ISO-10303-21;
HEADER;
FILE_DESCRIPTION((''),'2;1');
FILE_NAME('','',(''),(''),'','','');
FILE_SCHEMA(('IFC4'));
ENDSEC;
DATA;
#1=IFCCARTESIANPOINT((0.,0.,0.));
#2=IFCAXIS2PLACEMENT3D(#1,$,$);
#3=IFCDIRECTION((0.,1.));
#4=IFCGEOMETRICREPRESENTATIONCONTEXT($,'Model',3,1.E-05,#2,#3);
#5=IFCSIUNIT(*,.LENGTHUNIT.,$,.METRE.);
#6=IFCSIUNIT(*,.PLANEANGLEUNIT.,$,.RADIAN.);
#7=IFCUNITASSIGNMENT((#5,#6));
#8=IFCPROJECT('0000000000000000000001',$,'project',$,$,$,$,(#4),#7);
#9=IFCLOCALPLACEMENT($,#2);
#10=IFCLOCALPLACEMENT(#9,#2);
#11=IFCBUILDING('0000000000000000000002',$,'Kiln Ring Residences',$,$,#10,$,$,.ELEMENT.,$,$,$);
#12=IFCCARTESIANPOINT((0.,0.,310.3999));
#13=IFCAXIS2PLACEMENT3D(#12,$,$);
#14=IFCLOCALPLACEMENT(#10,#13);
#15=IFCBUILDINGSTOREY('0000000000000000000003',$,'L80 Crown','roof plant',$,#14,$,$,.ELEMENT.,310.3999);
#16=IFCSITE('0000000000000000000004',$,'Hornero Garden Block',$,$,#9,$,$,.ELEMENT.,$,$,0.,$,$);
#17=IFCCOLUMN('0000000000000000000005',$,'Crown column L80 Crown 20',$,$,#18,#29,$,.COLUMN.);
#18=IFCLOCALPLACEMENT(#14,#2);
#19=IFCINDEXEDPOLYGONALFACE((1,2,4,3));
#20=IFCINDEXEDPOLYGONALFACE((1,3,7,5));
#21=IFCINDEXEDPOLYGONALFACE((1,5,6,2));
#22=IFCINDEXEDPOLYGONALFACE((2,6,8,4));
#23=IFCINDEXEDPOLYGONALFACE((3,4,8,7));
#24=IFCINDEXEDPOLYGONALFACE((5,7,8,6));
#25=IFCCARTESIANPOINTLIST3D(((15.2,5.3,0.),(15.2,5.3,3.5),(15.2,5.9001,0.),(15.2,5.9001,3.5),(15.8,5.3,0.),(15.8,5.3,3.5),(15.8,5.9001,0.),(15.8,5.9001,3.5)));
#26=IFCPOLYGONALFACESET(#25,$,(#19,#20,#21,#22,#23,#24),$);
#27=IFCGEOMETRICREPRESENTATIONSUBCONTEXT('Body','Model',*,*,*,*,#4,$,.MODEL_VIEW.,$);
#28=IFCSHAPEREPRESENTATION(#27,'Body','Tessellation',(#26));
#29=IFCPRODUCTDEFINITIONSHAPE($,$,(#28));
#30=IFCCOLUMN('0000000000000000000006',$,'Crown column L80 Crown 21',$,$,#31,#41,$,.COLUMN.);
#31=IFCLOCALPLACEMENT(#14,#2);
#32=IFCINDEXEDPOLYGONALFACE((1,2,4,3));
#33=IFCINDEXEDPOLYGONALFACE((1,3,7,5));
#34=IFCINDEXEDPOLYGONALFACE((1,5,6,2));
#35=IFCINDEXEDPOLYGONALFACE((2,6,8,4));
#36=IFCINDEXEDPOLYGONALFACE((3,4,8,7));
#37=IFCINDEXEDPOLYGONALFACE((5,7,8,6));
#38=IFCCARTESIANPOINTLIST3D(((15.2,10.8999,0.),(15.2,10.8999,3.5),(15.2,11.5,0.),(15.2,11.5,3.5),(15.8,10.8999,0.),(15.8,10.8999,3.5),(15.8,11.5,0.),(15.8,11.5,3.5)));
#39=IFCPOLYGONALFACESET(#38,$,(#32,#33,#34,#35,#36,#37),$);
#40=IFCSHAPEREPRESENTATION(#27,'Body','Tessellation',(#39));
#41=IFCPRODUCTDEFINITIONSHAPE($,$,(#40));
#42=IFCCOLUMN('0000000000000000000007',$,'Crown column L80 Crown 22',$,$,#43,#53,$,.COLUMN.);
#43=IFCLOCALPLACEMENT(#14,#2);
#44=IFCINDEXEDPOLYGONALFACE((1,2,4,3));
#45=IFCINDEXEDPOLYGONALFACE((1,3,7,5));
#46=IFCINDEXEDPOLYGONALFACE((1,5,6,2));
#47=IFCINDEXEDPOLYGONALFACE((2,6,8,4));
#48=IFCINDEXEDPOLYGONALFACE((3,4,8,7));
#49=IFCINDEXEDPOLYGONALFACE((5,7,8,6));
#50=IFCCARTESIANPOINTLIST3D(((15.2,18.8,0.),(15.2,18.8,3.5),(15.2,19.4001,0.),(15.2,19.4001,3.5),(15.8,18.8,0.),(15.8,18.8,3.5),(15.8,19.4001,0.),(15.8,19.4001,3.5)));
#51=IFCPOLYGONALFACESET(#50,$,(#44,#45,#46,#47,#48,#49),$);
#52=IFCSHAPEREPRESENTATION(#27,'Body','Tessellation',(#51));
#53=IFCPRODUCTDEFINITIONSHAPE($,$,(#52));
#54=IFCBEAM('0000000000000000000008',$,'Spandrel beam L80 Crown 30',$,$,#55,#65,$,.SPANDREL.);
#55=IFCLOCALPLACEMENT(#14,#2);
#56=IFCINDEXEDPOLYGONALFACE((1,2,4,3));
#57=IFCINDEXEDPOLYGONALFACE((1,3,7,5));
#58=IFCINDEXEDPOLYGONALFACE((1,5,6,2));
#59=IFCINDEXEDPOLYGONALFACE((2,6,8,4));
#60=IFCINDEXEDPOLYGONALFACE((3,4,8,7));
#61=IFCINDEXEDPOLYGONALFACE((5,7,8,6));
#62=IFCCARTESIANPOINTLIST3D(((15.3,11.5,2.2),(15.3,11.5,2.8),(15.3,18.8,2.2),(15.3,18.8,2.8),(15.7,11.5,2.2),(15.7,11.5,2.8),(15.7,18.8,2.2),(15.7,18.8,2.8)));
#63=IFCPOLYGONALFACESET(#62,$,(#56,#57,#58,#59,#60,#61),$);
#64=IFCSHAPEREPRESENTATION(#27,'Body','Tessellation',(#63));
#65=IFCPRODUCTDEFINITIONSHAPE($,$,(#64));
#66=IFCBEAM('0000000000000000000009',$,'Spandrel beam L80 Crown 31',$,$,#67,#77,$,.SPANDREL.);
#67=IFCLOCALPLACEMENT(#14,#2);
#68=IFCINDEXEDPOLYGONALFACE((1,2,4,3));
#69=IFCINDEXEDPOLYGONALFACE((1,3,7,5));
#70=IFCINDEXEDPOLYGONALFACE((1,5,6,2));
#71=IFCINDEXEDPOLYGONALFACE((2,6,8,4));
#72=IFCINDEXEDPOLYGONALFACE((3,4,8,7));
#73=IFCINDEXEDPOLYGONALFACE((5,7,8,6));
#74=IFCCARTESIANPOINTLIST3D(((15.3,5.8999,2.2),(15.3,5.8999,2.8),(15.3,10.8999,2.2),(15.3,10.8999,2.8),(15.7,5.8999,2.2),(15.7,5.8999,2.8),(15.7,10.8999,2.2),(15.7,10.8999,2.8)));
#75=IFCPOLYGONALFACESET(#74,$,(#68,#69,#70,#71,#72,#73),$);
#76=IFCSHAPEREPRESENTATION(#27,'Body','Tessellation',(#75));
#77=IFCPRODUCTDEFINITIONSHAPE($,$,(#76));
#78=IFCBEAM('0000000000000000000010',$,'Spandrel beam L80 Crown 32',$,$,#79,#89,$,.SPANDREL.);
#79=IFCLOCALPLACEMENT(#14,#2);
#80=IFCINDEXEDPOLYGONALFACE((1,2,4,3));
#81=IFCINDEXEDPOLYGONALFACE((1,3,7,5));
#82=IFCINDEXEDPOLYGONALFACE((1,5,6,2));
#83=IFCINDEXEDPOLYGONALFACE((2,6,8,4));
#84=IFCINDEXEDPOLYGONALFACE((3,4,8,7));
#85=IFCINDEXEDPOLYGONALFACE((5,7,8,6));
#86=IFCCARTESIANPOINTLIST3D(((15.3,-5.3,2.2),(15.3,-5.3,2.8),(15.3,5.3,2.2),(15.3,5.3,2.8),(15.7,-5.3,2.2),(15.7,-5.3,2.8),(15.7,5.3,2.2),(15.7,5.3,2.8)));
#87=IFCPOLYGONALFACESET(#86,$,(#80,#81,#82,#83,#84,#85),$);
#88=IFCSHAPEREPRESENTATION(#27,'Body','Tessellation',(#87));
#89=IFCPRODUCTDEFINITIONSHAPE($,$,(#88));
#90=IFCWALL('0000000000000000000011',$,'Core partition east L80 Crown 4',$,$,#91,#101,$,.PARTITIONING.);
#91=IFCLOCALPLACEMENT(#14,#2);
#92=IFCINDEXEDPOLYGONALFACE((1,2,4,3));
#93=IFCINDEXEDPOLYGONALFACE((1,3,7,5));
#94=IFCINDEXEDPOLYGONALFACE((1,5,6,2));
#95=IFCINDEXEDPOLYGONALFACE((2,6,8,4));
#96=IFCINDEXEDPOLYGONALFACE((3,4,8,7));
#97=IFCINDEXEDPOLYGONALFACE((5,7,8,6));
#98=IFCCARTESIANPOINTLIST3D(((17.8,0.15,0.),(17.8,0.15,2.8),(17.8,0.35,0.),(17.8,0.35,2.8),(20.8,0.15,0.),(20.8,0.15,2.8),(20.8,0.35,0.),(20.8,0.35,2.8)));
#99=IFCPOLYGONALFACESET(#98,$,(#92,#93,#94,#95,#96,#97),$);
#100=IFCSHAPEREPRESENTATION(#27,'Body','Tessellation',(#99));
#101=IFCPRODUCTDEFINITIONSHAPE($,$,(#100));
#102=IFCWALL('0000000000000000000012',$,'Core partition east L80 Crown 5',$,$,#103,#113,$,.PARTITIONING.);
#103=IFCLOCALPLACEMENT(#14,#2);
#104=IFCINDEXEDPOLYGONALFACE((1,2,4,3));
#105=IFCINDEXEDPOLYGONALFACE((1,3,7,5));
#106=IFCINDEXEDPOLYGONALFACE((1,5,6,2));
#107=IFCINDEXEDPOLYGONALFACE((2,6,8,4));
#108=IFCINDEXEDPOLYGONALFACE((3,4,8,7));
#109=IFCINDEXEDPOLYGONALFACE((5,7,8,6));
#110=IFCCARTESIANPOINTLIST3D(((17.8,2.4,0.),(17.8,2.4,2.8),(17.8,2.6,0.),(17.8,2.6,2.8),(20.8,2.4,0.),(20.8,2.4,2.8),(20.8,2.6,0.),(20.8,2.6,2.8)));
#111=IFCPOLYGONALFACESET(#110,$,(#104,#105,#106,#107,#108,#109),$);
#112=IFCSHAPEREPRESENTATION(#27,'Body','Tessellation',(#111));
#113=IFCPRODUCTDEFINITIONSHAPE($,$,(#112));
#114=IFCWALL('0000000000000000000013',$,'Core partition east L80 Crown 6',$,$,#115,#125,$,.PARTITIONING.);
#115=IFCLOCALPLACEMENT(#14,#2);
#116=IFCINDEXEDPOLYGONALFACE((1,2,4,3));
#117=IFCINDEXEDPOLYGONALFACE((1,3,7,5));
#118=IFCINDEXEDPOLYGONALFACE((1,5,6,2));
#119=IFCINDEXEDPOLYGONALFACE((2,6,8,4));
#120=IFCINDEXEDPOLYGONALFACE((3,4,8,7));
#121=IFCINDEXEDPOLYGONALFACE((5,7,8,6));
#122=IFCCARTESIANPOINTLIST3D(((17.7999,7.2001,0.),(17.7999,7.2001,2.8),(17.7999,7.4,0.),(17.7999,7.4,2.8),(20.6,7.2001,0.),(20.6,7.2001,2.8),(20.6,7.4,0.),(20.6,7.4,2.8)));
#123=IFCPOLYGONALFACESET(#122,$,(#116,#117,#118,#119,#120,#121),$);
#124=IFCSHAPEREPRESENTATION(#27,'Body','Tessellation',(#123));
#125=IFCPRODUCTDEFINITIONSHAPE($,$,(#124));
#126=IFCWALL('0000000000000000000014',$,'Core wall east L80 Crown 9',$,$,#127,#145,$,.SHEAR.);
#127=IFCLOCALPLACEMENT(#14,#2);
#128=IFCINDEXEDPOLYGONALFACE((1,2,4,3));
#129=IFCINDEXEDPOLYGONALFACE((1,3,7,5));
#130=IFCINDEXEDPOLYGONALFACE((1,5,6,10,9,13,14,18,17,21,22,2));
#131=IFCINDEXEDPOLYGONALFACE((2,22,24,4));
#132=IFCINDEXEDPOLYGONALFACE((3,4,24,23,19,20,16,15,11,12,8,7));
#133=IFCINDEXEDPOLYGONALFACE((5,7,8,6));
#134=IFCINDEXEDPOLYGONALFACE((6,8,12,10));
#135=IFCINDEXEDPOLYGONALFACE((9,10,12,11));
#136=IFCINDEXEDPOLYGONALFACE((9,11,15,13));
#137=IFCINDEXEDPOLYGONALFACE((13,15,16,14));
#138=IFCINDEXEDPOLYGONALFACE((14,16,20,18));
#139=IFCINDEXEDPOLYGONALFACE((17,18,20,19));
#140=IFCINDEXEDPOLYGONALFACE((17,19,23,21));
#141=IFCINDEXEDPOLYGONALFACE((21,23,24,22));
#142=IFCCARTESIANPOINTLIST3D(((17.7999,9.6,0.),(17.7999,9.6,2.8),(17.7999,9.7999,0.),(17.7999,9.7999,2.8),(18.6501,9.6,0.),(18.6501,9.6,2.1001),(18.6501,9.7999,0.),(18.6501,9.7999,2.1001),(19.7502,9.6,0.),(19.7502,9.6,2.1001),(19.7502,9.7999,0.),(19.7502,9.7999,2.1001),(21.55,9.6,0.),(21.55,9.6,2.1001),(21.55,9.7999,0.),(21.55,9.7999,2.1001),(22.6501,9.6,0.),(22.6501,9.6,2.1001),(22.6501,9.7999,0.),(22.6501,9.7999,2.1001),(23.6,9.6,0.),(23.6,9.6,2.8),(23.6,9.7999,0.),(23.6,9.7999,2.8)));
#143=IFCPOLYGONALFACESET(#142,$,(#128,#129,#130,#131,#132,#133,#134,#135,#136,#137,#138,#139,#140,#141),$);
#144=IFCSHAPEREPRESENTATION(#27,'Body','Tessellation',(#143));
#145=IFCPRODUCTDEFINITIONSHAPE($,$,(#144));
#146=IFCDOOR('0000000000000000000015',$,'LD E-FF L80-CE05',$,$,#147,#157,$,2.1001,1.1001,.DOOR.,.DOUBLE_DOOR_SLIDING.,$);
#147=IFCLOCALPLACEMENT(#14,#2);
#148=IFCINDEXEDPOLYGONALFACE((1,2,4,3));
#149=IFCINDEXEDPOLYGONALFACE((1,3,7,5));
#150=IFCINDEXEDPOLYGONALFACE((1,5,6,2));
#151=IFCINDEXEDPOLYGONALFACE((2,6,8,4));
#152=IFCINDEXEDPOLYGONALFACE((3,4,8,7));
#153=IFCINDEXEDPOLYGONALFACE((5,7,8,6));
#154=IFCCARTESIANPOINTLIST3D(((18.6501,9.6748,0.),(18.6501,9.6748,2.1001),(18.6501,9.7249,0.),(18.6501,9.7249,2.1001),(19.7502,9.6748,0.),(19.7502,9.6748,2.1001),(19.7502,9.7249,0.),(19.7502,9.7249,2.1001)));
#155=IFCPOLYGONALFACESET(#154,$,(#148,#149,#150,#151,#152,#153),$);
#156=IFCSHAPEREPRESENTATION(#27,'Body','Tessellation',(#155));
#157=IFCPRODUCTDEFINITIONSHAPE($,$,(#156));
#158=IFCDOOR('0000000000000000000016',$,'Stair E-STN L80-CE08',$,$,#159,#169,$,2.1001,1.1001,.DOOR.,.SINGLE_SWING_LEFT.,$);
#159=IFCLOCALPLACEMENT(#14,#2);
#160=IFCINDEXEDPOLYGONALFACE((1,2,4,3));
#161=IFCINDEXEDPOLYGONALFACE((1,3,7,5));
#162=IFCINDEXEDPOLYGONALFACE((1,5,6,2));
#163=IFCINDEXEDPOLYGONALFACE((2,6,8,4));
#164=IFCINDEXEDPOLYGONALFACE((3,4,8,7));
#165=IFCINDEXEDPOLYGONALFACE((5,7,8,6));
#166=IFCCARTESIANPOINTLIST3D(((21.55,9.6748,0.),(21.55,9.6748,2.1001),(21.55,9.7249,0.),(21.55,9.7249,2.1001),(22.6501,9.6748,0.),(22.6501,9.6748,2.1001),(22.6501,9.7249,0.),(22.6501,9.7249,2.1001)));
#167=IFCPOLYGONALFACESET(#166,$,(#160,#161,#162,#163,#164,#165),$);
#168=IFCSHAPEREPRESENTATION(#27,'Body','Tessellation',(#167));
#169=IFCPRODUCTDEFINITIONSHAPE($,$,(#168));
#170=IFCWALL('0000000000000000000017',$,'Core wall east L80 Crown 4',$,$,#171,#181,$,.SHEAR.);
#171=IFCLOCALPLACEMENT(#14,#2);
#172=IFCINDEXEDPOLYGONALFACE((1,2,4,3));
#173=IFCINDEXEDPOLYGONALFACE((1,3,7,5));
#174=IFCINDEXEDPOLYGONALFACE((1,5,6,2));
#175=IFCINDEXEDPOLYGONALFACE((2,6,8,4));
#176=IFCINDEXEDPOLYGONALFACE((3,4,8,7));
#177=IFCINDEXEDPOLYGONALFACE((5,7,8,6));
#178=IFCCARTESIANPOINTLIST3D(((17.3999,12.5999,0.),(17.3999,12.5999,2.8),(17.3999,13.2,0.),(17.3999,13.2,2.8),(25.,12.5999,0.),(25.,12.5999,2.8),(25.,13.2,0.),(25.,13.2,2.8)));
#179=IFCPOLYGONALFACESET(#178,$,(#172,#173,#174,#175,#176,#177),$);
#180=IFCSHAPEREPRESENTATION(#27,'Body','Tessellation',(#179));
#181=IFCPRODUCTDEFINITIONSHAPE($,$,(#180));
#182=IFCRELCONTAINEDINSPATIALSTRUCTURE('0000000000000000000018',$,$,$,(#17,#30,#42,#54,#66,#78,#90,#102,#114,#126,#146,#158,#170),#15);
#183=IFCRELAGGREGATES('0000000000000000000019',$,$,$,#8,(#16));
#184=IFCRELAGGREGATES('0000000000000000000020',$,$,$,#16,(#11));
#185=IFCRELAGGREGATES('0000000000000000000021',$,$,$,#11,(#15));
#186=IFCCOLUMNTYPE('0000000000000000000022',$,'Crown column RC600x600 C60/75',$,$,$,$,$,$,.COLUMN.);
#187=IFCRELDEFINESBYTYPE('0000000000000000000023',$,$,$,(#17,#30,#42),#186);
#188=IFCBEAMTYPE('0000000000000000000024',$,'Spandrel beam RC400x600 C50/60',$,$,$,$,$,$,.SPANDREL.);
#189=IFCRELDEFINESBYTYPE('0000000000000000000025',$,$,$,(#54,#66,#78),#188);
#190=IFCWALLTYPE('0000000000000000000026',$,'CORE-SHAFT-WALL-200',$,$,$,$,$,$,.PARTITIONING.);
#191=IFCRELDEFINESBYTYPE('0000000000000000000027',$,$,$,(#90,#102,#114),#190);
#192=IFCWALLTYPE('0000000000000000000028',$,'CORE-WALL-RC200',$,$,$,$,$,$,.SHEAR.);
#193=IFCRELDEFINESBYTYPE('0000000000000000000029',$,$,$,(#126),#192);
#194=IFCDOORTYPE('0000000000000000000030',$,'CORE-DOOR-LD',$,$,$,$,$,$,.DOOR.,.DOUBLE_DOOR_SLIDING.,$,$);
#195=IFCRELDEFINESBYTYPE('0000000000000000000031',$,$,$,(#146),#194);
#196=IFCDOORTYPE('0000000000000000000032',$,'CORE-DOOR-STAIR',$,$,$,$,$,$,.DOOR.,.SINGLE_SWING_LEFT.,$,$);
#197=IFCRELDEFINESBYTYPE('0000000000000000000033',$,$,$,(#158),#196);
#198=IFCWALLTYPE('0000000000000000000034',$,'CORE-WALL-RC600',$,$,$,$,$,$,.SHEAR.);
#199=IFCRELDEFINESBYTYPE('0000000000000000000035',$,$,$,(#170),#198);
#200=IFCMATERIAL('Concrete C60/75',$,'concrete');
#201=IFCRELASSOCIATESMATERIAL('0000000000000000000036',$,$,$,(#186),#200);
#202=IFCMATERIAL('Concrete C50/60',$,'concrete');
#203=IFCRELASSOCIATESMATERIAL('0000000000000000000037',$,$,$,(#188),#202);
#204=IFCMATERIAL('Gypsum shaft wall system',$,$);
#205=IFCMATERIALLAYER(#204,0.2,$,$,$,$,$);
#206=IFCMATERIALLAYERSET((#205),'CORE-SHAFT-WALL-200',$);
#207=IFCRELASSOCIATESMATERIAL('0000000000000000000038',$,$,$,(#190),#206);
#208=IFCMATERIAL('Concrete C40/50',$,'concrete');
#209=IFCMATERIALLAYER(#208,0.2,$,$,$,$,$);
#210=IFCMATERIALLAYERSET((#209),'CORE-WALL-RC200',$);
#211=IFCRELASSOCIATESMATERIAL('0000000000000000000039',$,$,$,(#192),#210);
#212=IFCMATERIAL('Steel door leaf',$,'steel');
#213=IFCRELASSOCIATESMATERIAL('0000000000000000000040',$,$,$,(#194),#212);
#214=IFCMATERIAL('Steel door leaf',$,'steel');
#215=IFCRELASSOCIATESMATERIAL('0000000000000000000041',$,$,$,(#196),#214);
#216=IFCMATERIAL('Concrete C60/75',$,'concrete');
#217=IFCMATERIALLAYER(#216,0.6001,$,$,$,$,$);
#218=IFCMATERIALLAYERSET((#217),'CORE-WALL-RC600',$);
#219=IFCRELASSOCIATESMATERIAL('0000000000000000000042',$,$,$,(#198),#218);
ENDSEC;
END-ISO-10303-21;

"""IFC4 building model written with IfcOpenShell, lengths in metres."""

from ifc_helpers import new_model, si_unit, direction, frame, frame_2d, origin, origin_2d, place, context, subcontext, project, spatial, rectangle, extrude, material, layer, layer_set, material_profile, profile_set, type_object, element, fill, save


model = new_model("IFC4")

# Units and contexts
model_context = context("Model", 3, precision=1e-05, world=origin(), true_north=direction((0.0, 1.0)))
body_context = subcontext(model_context, "Body", "Model", "MODEL_VIEW")
ifc_project = project(units=[si_unit("LENGTHUNIT", "METRE"), si_unit("PLANEANGLEUNIT", "RADIAN")], contexts=[model_context])

# Site, building, storey
site_placement = place(None, origin())
site = spatial("IfcSite", under=ifc_project, at=site_placement, Name="Hornero Garden Block", CompositionType="ELEMENT", RefElevation=0.0)
building_placement = place(site_placement, origin())
building = spatial("IfcBuilding", under=site, at=building_placement, Name="Kiln Ring Residences", CompositionType="ELEMENT")
storey_placement = place(building_placement, frame((0.0, 0.0, 310.3999)))
storey = spatial("IfcBuildingStorey", under=building, at=storey_placement, Name="L80 Crown", Description="roof plant", CompositionType="ELEMENT", Elevation=310.3999)

# Columns
ifc_material_1 = material(Name="Concrete C60/75", Category="concrete")
ifc_material_profile_1 = material_profile(ifc_material_1, rectangle(XDim=0.6001, YDim=0.6001, at=origin_2d()), Name="RC600x600")
ifc_profile_set_1 = profile_set([ifc_material_profile_1], Name="Concrete C60/75")
column_type = type_object("IfcColumnType", Name="Crown column RC600x600 C60/75", PredefinedType="COLUMN", material=ifc_profile_set_1)
for number, where, z_axis, x_axis, name in (
    (1, (15.5, 5.6001, 0.0), (0.0, 0.0, 1.0), (1.0, 0.0, 0.0), "Crown column L80 Crown 20"),
    (2, (15.5, 11.2, 0.0), (0.0, 0.0, 1.0), (1.0, 0.0, 0.0), "Crown column L80 Crown 21"),
    (3, (15.5, 19.1001, 0.0), (0.0, 0.0, 1.0), (1.0, 0.0, 0.0), "Crown column L80 Crown 22"),
):
    element("IfcColumn", number, at=place(storey_placement, frame(where, z_axis=z_axis, x_axis=x_axis)), inside=storey, type_object=column_type, Name=name, PredefinedType="COLUMN", context=body_context, shape_type="SweptSolid", body=[
        extrude(rectangle(XDim=0.6001, YDim=0.6001, at=origin_2d()), origin(), (0.0, 0.0, 1.0), 3.5),
    ])

# Beams
ifc_material_2 = material(Name="Concrete C50/60", Category="concrete")
ifc_material_profile_2 = material_profile(ifc_material_2, rectangle(XDim=0.3999, YDim=0.6001, at=origin_2d()), Name="RC400x600")
ifc_profile_set_2 = profile_set([ifc_material_profile_2], Name="Concrete C50/60")
beam_type = type_object("IfcBeamType", Name="Spandrel beam RC400x600 C50/60", PredefinedType="SPANDREL", material=ifc_profile_set_2)
beam_1_placement = place(storey_placement, frame((15.5, 18.8, 2.5), z_axis=(0.0, -1.0, 0.0), x_axis=(1.0, 0.0, 0.0)))
element("IfcBeam", 4, at=beam_1_placement, inside=storey, type_object=beam_type, Name="Spandrel beam L80 Crown 30", PredefinedType="SPANDREL", context=body_context, shape_type="SweptSolid", body=[
    extrude(rectangle(XDim=0.3999, YDim=0.6001, at=origin_2d()), origin(), (0.0, 0.0, 1.0), 7.3),
])
beam_2_placement = place(storey_placement, frame((15.5, 10.8999, 2.5), z_axis=(0.0, -1.0, 0.0), x_axis=(1.0, 0.0, 0.0)))
element("IfcBeam", 5, at=beam_2_placement, inside=storey, type_object=beam_type, Name="Spandrel beam L80 Crown 31", PredefinedType="SPANDREL", context=body_context, shape_type="SweptSolid", body=[
    extrude(rectangle(XDim=0.3999, YDim=0.6001, at=origin_2d()), origin(), (0.0, 0.0, 1.0), 5.0),
])
beam_3_placement = place(storey_placement, frame((15.5, 5.3, 2.5), z_axis=(0.0, -1.0, 0.0), x_axis=(1.0, 0.0, 0.0)))
element("IfcBeam", 6, at=beam_3_placement, inside=storey, type_object=beam_type, Name="Spandrel beam L80 Crown 32", PredefinedType="SPANDREL", context=body_context, shape_type="SweptSolid", body=[
    extrude(rectangle(XDim=0.3999, YDim=0.6001, at=origin_2d()), origin(), (0.0, 0.0, 1.0), 10.6001),
])

# Walls
ifc_material_3 = material(Name="Gypsum shaft wall system")
ifc_layer_1 = layer(ifc_material_3, 0.2)
ifc_layer_set_1 = layer_set([ifc_layer_1], Name="CORE-SHAFT-WALL-200")
wall_type_1 = type_object("IfcWallType", Name="CORE-SHAFT-WALL-200", PredefinedType="PARTITIONING", material=ifc_layer_set_1)
for number, where, z_axis, x_axis, name in (
    (7, (17.8, 0.25, 0.0), (0.0, 0.0, 1.0), (1.0, 0.0, 0.0), "Core partition east L80 Crown 4"),
    (8, (17.8, 2.5, 0.0), (0.0, 0.0, 1.0), (1.0, 0.0, 0.0), "Core partition east L80 Crown 5"),
):
    element("IfcWall", number, at=place(storey_placement, frame(where, z_axis=z_axis, x_axis=x_axis)), inside=storey, type_object=wall_type_1, Name=name, PredefinedType="PARTITIONING", context=body_context, shape_type="SweptSolid", body=[
        extrude(rectangle(XDim=3.0, YDim=0.2, at=frame_2d((1.5, 0.0))), origin(), (0.0, 0.0, 1.0), 2.8),
    ])
wall_1_placement = place(storey_placement, frame((17.8, 7.3, 0.0), z_axis=(0.0, 0.0, 1.0), x_axis=(1.0, 0.0, 0.0)))
element("IfcWall", 9, at=wall_1_placement, inside=storey, type_object=wall_type_1, Name="Core partition east L80 Crown 6", PredefinedType="PARTITIONING", context=body_context, shape_type="SweptSolid", body=[
    extrude(rectangle(XDim=2.8, YDim=0.2, at=frame_2d((1.3999, 0.0))), origin(), (0.0, 0.0, 1.0), 2.8),
])

# Wall, openings, doors
ifc_material_4 = material(Name="Concrete C40/50", Category="concrete")
ifc_layer_2 = layer(ifc_material_4, 0.2)
ifc_layer_set_2 = layer_set([ifc_layer_2], Name="CORE-WALL-RC200")
wall_type_2 = type_object("IfcWallType", Name="CORE-WALL-RC200", PredefinedType="SHEAR", material=ifc_layer_set_2)
wall_2_placement = place(storey_placement, frame((17.8, 9.7, 0.0), z_axis=(0.0, 0.0, 1.0), x_axis=(1.0, 0.0, 0.0)))
wall_2 = element("IfcWall", 10, at=wall_2_placement, inside=storey, type_object=wall_type_2, Name="Core wall east L80 Crown 9", PredefinedType="SHEAR", context=body_context, shape_type="SweptSolid", body=[
    extrude(rectangle(XDim=5.8, YDim=0.2, at=frame_2d((2.8999, 0.0))), origin(), (0.0, 0.0, 1.0), 2.8),
])
opening_1_placement = place(wall_2_placement, frame((0.8501, 0.0, 0.0)))
opening_1 = element("IfcOpeningElement", 11, at=opening_1_placement, cuts=wall_2, PredefinedType="OPENING", context=body_context, shape_type="SweptSolid", body=[
    extrude(rectangle(XDim=1.1001, YDim=2.1001, at=frame_2d((0.55, 1.05))), frame((0.0, 0.1099, 0.0), z_axis=(0.0, -1.0, 0.0), x_axis=(1.0, 0.0, 0.0)), (0.0, 0.0, 1.0), 0.22),
])
opening_2_placement = place(wall_2_placement, frame((3.75, 0.0, 0.0)))
opening_2 = element("IfcOpeningElement", 12, at=opening_2_placement, cuts=wall_2, PredefinedType="OPENING", context=body_context, shape_type="SweptSolid", body=[
    extrude(rectangle(XDim=1.1001, YDim=2.1001, at=frame_2d((0.55, 1.05))), frame((0.0, 0.1099, 0.0), z_axis=(0.0, -1.0, 0.0), x_axis=(1.0, 0.0, 0.0)), (0.0, 0.0, 1.0), 0.22),
])
ifc_material_5 = material(Name="Steel door leaf", Category="steel")
door_type_1 = type_object("IfcDoorType", Name="CORE-DOOR-LD", OperationType="DOUBLE_DOOR_SLIDING", PredefinedType="DOOR", material=ifc_material_5)
door_1_placement = place(opening_1_placement, origin())
door_1 = element("IfcDoor", 13, at=door_1_placement, inside=storey, type_object=door_type_1, Name="LD E-FF L80-CE05", OperationType="DOUBLE_DOOR_SLIDING", OverallHeight=2.1001, OverallWidth=1.1001, PredefinedType="DOOR", context=body_context, shape_type="SweptSolid", body=[
    extrude(rectangle(XDim=1.1001, YDim=2.1001, at=frame_2d((0.55, 1.05))), frame((0.0, 0.0249, 0.0), z_axis=(0.0, -1.0, 0.0), x_axis=(1.0, 0.0, 0.0)), (0.0, 0.0, 1.0), 0.05),
])
fill(opening_1, door_1)
ifc_material_6 = material(Name="Steel door leaf", Category="steel")
door_type_2 = type_object("IfcDoorType", Name="CORE-DOOR-STAIR", OperationType="SINGLE_SWING_LEFT", PredefinedType="DOOR", material=ifc_material_6)
door_2_placement = place(opening_2_placement, origin())
door_2 = element("IfcDoor", 14, at=door_2_placement, inside=storey, type_object=door_type_2, Name="Stair E-STN L80-CE08", OperationType="SINGLE_SWING_LEFT", OverallHeight=2.1001, OverallWidth=1.1001, PredefinedType="DOOR", context=body_context, shape_type="SweptSolid", body=[
    extrude(rectangle(XDim=1.1001, YDim=2.1001, at=frame_2d((0.55, 1.05))), frame((0.0, 0.0249, 0.0), z_axis=(0.0, -1.0, 0.0), x_axis=(1.0, 0.0, 0.0)), (0.0, 0.0, 1.0), 0.05),
])
fill(opening_2, door_2)

# Wall
ifc_material_7 = material(Name="Concrete C60/75", Category="concrete")
ifc_layer_3 = layer(ifc_material_7, 0.6001)
ifc_layer_set_3 = layer_set([ifc_layer_3], Name="CORE-WALL-RC600")
wall_type_3 = type_object("IfcWallType", Name="CORE-WALL-RC600", PredefinedType="SHEAR", material=ifc_layer_set_3)
wall_3_placement = place(storey_placement, frame((17.3999, 12.8999, 0.0), z_axis=(0.0, 0.0, 1.0), x_axis=(1.0, 0.0, 0.0)))
element("IfcWall", 15, at=wall_3_placement, inside=storey, type_object=wall_type_3, Name="Core wall east L80 Crown 4", PredefinedType="SHEAR", context=body_context, shape_type="SweptSolid", body=[
    extrude(rectangle(XDim=7.6001, YDim=0.6001, at=frame_2d((3.8, 0.0))), origin(), (0.0, 0.0, 1.0), 2.8),
])

save(model, "model.ifc")
